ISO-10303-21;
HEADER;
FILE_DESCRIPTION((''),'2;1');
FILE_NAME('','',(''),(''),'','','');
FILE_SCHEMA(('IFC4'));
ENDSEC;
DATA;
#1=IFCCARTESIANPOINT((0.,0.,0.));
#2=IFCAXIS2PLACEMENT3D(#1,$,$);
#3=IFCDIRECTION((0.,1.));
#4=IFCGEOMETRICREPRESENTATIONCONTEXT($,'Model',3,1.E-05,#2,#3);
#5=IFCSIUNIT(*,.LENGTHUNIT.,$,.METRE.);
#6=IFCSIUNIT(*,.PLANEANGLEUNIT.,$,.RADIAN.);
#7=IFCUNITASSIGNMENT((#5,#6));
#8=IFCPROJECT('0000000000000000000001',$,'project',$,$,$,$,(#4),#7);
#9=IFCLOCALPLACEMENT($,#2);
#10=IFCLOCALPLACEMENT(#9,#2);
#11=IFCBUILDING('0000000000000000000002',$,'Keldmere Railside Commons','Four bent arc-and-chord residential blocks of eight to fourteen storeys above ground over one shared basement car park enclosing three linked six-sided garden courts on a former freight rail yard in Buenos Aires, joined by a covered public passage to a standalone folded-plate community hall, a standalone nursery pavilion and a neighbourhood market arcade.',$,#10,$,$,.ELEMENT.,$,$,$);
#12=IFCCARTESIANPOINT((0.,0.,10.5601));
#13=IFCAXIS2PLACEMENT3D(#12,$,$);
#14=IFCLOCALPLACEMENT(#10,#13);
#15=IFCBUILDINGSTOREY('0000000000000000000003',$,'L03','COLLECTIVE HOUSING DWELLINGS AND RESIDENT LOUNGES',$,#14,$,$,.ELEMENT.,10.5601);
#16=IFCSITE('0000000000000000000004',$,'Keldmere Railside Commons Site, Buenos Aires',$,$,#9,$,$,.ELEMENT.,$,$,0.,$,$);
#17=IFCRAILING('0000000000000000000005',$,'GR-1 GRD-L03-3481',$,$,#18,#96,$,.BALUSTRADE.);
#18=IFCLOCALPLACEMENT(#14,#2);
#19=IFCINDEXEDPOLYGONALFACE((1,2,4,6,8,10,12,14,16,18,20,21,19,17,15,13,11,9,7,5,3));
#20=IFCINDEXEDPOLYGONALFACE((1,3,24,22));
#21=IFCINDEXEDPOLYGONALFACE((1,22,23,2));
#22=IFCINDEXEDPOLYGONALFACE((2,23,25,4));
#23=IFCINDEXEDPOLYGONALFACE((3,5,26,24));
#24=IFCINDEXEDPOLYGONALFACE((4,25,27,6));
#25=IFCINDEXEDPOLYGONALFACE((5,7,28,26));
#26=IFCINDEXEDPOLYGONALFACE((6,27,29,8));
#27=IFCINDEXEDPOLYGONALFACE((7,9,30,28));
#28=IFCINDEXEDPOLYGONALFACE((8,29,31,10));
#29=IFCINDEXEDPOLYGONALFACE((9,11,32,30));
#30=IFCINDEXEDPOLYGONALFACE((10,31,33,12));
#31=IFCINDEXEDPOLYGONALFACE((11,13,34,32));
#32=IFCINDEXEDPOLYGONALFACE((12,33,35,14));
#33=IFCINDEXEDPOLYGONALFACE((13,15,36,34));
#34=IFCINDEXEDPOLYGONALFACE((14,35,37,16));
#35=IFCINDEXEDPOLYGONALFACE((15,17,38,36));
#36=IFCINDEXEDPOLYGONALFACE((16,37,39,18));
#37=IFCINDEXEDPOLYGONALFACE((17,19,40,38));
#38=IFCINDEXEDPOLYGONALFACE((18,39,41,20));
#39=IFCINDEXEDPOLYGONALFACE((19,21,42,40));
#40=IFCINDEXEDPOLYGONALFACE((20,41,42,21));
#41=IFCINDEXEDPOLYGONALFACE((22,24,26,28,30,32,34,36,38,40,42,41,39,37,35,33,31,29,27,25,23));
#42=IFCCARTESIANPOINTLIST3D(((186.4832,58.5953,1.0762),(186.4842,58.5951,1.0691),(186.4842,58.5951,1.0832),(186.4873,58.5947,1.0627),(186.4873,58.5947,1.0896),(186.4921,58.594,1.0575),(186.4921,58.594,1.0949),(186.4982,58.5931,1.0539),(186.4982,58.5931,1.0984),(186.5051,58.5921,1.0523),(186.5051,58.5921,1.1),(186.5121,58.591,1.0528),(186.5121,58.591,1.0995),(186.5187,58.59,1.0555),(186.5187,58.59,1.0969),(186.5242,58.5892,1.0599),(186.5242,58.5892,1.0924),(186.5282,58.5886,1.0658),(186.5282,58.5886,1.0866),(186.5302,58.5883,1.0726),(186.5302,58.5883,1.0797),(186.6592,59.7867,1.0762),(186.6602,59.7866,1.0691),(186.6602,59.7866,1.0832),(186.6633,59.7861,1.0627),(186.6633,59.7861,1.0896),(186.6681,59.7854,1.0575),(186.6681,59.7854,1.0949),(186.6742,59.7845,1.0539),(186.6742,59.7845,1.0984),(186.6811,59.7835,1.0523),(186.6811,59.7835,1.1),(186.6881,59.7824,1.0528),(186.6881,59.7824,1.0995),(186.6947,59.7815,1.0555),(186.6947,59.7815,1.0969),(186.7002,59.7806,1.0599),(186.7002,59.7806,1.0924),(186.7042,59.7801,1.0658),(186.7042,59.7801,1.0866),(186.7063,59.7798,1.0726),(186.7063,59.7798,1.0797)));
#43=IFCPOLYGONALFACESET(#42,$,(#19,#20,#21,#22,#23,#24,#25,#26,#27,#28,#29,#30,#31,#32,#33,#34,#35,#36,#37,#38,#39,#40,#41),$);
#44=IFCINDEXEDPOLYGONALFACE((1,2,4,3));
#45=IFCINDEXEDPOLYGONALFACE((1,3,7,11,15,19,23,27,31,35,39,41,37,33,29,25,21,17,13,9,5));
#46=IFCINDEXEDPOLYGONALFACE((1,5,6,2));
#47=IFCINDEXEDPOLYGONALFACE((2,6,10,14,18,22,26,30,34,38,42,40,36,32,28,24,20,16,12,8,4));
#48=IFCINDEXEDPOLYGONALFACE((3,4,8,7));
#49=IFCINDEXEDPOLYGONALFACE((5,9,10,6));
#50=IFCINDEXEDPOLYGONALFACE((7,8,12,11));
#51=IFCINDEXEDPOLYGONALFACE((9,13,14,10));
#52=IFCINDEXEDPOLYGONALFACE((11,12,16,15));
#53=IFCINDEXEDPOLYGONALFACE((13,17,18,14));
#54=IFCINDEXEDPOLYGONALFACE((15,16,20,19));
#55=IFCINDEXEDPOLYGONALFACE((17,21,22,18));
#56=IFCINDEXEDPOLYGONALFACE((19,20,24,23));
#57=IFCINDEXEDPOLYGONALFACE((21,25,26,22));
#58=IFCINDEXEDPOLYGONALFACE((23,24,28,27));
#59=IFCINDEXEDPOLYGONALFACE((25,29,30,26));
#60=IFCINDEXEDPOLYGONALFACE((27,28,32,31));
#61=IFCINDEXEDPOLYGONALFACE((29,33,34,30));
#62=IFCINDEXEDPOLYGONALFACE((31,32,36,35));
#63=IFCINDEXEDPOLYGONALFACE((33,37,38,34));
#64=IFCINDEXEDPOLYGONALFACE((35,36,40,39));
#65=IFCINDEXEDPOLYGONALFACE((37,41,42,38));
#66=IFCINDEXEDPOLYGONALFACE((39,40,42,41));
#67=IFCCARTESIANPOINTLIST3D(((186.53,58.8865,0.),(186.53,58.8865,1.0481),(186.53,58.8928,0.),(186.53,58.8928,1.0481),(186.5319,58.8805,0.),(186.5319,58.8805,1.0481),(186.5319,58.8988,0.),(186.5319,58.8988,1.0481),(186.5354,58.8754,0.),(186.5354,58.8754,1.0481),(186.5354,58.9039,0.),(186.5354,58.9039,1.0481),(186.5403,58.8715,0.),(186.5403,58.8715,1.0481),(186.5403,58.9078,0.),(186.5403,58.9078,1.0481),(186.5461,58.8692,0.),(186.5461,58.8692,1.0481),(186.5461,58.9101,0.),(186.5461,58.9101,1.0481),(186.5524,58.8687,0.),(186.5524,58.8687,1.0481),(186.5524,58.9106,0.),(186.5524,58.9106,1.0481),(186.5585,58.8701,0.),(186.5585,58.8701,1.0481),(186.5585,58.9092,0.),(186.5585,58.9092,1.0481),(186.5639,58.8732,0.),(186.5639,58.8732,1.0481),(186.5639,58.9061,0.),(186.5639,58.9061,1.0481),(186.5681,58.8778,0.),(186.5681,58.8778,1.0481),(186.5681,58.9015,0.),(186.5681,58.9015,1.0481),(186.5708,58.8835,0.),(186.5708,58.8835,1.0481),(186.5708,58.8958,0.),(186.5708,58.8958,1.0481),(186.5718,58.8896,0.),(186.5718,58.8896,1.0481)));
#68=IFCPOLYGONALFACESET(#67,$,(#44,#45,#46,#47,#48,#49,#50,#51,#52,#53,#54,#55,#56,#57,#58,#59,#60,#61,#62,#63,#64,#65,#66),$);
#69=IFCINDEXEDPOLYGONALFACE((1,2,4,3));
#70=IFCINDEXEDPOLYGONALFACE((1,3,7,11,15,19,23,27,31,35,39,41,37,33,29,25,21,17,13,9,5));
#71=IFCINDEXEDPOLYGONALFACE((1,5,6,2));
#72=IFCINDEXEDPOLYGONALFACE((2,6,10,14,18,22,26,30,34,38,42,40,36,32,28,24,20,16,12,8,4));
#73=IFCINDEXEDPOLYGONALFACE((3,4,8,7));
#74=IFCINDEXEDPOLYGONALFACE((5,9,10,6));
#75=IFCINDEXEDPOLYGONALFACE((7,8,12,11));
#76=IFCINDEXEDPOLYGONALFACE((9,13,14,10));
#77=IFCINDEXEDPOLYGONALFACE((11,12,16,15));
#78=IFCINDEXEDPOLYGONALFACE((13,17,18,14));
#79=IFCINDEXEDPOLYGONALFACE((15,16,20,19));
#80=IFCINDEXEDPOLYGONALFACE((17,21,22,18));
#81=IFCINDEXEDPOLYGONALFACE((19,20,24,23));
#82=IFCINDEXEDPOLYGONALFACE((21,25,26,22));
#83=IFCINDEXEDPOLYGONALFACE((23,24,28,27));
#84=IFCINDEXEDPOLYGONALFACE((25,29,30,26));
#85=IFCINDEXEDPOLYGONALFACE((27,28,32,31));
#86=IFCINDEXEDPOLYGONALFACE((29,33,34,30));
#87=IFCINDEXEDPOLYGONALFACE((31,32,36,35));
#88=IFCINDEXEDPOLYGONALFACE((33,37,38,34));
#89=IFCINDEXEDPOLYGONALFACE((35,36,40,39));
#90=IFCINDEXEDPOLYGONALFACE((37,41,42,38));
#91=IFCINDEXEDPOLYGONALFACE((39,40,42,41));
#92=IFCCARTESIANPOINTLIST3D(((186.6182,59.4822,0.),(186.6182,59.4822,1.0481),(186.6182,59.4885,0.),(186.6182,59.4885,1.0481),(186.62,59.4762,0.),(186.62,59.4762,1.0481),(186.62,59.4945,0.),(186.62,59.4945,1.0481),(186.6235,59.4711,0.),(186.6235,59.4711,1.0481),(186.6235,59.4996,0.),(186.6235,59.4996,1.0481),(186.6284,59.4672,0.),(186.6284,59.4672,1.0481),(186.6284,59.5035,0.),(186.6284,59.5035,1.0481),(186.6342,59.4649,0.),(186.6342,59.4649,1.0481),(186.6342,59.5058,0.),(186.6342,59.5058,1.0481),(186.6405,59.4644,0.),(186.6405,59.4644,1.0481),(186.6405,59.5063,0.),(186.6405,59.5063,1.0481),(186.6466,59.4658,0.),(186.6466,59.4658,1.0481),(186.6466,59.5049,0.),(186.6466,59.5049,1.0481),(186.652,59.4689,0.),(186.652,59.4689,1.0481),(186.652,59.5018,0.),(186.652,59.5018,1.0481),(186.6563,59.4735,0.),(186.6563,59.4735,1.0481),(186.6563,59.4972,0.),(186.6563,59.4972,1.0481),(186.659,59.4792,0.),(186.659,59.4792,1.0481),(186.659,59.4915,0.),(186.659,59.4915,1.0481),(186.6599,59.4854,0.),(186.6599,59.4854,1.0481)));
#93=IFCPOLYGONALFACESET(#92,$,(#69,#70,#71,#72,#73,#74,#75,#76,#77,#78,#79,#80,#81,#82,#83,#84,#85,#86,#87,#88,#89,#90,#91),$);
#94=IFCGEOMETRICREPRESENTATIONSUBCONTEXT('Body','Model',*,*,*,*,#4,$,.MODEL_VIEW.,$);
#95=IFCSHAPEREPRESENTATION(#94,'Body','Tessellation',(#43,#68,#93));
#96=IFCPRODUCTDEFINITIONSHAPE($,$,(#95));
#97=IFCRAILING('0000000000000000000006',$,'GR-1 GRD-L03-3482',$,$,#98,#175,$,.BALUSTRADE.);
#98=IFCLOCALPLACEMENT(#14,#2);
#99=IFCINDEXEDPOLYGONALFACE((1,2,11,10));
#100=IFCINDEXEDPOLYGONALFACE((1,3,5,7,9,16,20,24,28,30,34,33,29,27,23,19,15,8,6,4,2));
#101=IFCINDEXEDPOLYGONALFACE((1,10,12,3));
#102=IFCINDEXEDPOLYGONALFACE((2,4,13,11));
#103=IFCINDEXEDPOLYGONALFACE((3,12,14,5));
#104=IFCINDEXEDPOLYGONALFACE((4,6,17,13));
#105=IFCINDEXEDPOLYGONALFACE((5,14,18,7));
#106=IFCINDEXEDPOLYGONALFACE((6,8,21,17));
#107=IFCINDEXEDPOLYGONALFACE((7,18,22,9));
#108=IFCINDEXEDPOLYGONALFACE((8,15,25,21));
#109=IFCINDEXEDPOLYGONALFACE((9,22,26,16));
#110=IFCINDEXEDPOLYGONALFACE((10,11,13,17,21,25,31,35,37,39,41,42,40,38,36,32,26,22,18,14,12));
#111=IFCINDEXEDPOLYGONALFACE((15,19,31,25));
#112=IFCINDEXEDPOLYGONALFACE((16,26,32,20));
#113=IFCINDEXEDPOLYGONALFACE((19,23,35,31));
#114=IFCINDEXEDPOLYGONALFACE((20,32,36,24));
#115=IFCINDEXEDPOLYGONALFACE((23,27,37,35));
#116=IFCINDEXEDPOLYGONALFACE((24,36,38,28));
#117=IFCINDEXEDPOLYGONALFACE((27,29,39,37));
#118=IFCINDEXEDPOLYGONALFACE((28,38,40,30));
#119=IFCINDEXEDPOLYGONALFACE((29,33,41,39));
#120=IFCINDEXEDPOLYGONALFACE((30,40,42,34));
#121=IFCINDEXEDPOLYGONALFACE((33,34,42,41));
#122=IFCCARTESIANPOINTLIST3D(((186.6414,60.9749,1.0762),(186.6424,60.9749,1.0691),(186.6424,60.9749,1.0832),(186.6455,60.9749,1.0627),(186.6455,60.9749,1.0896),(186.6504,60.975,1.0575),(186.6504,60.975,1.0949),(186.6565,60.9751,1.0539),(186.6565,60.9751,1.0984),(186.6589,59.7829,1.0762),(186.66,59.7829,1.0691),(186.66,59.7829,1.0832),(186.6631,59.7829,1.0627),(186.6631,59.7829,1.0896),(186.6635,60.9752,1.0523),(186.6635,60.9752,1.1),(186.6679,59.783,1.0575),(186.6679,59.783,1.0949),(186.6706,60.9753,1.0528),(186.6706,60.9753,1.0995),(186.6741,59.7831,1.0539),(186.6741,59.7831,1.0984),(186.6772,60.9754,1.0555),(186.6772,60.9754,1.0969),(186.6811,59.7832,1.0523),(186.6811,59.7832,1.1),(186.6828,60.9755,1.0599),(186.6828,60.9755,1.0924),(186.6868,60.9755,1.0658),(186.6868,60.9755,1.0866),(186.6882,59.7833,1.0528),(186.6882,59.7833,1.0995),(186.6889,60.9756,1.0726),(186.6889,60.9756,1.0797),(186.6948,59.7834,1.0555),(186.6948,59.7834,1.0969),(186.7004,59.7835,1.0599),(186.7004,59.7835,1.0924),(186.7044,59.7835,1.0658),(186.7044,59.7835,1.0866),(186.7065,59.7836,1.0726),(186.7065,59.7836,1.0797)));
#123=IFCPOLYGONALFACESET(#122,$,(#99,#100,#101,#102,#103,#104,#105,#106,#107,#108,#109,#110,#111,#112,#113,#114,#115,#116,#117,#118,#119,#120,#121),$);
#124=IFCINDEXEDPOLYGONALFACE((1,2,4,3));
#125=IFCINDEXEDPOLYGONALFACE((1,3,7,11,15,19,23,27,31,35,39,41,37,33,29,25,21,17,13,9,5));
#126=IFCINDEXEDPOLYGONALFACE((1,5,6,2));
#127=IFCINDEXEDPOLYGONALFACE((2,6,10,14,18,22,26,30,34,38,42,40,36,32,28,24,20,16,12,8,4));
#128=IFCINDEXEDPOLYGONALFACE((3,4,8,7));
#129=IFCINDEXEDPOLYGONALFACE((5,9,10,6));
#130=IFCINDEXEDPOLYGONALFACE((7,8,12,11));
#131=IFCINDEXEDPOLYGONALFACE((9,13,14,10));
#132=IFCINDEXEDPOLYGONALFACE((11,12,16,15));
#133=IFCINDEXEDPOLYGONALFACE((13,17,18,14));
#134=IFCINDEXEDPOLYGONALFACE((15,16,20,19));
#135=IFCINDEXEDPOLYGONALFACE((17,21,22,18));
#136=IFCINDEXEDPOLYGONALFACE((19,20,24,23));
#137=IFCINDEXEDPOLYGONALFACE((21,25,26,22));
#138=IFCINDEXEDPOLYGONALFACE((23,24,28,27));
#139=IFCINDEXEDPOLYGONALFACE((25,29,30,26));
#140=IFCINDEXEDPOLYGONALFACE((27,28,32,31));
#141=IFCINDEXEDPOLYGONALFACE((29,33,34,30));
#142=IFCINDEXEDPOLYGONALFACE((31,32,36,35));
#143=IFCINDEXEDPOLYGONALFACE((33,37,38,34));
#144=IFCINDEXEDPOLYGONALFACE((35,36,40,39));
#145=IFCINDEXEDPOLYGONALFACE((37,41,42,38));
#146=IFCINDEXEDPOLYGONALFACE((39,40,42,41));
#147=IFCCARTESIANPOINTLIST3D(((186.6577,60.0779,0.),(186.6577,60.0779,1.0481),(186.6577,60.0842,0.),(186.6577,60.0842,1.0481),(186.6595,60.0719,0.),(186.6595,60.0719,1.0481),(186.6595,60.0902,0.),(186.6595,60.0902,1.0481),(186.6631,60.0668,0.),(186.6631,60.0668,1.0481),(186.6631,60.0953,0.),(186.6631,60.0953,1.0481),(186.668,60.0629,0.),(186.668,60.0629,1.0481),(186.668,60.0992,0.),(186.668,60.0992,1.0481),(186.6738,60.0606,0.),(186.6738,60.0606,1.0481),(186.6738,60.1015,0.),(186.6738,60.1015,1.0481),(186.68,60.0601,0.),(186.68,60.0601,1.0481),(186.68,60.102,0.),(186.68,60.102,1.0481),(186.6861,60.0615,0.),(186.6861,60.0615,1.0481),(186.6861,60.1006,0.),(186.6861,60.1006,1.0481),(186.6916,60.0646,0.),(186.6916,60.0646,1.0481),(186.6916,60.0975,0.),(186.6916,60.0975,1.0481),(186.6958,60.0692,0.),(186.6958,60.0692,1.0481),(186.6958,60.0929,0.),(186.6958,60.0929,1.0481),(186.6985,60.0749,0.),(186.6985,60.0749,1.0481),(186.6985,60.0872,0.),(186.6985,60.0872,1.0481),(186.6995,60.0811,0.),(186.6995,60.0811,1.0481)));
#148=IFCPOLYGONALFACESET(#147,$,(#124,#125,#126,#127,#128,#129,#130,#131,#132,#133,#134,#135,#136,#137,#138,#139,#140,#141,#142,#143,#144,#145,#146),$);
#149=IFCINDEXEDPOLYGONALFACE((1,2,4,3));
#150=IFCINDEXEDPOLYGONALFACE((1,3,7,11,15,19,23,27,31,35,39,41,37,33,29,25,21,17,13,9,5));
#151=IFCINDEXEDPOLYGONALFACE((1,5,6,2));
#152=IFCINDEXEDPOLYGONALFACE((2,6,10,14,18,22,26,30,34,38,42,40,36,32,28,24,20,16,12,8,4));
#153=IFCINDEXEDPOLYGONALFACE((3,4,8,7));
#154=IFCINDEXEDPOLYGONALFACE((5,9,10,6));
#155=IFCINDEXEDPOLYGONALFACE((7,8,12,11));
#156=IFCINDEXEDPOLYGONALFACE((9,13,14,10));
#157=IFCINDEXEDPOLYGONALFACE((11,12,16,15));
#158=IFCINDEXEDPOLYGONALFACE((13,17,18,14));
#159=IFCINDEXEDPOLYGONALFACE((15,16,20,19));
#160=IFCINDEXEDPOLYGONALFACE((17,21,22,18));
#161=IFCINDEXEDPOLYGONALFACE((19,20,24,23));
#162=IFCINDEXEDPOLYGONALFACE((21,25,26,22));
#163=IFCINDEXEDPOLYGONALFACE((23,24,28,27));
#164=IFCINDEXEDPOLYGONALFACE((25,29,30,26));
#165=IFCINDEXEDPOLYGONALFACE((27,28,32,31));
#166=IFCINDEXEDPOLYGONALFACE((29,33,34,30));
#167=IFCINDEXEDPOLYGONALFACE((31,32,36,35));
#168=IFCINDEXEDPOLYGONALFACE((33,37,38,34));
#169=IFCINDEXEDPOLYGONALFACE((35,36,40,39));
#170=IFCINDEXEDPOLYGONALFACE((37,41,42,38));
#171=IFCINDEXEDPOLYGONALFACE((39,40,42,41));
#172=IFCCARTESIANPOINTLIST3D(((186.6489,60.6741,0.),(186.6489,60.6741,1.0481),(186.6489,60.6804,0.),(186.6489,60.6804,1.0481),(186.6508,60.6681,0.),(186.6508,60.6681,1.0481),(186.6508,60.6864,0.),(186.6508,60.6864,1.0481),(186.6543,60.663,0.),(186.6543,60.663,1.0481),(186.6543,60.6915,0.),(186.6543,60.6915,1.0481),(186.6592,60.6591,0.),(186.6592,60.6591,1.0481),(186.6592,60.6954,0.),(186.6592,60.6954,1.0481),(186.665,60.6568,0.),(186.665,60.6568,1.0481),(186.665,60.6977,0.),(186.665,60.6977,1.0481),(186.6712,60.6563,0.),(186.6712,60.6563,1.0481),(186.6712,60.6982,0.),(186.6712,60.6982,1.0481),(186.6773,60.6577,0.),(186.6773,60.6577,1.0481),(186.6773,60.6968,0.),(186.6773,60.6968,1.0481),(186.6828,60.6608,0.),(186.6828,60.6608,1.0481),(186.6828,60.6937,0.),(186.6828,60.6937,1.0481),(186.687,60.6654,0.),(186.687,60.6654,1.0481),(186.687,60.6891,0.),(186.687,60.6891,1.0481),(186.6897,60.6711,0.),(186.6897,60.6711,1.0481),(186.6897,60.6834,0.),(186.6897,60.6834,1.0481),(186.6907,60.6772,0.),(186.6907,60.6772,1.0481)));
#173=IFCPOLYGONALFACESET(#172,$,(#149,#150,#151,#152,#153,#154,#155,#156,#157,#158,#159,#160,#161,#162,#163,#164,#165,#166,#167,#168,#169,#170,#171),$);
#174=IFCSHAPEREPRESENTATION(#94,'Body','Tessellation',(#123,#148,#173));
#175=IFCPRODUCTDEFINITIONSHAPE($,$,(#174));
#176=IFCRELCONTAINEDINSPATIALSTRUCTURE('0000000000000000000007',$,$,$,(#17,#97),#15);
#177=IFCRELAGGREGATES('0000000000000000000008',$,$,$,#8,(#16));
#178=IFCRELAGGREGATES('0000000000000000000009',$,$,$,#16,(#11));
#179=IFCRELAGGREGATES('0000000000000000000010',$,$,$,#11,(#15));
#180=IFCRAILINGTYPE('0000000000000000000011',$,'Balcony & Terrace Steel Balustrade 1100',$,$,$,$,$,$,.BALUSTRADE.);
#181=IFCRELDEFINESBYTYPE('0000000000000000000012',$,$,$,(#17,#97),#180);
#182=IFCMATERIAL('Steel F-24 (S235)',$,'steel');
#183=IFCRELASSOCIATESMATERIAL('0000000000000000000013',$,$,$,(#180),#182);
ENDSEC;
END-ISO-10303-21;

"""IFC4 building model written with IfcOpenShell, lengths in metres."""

from ifc_helpers import new_model, si_unit, direction, frame, origin, origin_2d, place, context, subcontext, project, spatial, circle, extrude, material, type_object, element, save


model = new_model("IFC4")

# Units and contexts
model_context = context("Model", 3, precision=1e-05, world=origin(), true_north=direction((0.0, 1.0)))
body_context = subcontext(model_context, "Body", "Model", "MODEL_VIEW")
ifc_project = project(units=[si_unit("LENGTHUNIT", "METRE"), si_unit("PLANEANGLEUNIT", "RADIAN")], contexts=[model_context])

# Site, building, storey
site_placement = place(None, origin())
site = spatial("IfcSite", under=ifc_project, at=site_placement, Name="Keldmere Railside Commons Site, Buenos Aires", CompositionType="ELEMENT", RefElevation=0.0)
building_placement = place(site_placement, origin())
building = spatial("IfcBuilding", under=site, at=building_placement, Name="Keldmere Railside Commons", Description="Four bent arc-and-chord residential blocks of eight to fourteen storeys above ground over one shared basement car park enclosing three linked six-sided garden courts on a former freight rail yard in Buenos Aires, joined by a covered public passage to a standalone folded-plate community hall, a standalone nursery pavilion and a neighbourhood market arcade.", CompositionType="ELEMENT")
storey_placement = place(building_placement, frame((0.0, 0.0, 10.5601)))
storey = spatial("IfcBuildingStorey", under=building, at=storey_placement, Name="L03", Description="COLLECTIVE HOUSING DWELLINGS AND RESIDENT LOUNGES", CompositionType="ELEMENT", Elevation=10.5601)

# Railings
ifc_material_1 = material(Name="Steel F-24 (S235)", Category="steel")
railing_type_1 = type_object("IfcRailingType", Name="Balcony & Terrace Steel Balustrade 1100", PredefinedType="BALUSTRADE", material=ifc_material_1)
railing_1_placement = place(storey_placement, frame((186.5068, 58.5918, 0.0)))
element("IfcRailing", 1, at=railing_1_placement, inside=storey, type_object=railing_type_1, Name="GR-1 GRD-L03-3481", PredefinedType="BALUSTRADE", context=body_context, shape_type="SweptSolid", body=[
    extrude(circle(Radius=0.0239, at=origin_2d()), frame((0.0, 0.0, 1.0762), z_axis=(0.146159, 0.989261, 0.0), x_axis=(-0.989261, 0.146159, 0.0)), (0.0, 0.0, 1.0), 1.2043),
    extrude(circle(Radius=0.021, at=origin_2d()), frame((0.0439, 0.2979, 0.0)), (0.0, 0.0, 1.0), 1.0481),
    extrude(circle(Radius=0.021, at=origin_2d()), frame((0.1321, 0.8936, 0.0)), (0.0, 0.0, 1.0), 1.0481),
])
railing_2_placement = place(storey_placement, frame((186.6829, 59.7832, 0.0)))
element("IfcRailing", 2, at=railing_2_placement, inside=storey, type_object=railing_type_1, Name="GR-1 GRD-L03-3482", PredefinedType="BALUSTRADE", context=body_context, shape_type="SweptSolid", body=[
    extrude(circle(Radius=0.0239, at=origin_2d()), frame((0.0, 0.0, 1.0762), z_axis=(-0.014746, 0.999891, 0.0), x_axis=(-0.999891, -0.014746, 0.0)), (0.0, 0.0, 1.0), 1.1921),
    extrude(circle(Radius=0.021, at=origin_2d()), frame((-0.0044, 0.2979, 0.0)), (0.0, 0.0, 1.0), 1.0481),
    extrude(circle(Radius=0.021, at=origin_2d()), frame((-0.0132, 0.894, 0.0)), (0.0, 0.0, 1.0), 1.0481),
])

save(model, "model.ifc")
